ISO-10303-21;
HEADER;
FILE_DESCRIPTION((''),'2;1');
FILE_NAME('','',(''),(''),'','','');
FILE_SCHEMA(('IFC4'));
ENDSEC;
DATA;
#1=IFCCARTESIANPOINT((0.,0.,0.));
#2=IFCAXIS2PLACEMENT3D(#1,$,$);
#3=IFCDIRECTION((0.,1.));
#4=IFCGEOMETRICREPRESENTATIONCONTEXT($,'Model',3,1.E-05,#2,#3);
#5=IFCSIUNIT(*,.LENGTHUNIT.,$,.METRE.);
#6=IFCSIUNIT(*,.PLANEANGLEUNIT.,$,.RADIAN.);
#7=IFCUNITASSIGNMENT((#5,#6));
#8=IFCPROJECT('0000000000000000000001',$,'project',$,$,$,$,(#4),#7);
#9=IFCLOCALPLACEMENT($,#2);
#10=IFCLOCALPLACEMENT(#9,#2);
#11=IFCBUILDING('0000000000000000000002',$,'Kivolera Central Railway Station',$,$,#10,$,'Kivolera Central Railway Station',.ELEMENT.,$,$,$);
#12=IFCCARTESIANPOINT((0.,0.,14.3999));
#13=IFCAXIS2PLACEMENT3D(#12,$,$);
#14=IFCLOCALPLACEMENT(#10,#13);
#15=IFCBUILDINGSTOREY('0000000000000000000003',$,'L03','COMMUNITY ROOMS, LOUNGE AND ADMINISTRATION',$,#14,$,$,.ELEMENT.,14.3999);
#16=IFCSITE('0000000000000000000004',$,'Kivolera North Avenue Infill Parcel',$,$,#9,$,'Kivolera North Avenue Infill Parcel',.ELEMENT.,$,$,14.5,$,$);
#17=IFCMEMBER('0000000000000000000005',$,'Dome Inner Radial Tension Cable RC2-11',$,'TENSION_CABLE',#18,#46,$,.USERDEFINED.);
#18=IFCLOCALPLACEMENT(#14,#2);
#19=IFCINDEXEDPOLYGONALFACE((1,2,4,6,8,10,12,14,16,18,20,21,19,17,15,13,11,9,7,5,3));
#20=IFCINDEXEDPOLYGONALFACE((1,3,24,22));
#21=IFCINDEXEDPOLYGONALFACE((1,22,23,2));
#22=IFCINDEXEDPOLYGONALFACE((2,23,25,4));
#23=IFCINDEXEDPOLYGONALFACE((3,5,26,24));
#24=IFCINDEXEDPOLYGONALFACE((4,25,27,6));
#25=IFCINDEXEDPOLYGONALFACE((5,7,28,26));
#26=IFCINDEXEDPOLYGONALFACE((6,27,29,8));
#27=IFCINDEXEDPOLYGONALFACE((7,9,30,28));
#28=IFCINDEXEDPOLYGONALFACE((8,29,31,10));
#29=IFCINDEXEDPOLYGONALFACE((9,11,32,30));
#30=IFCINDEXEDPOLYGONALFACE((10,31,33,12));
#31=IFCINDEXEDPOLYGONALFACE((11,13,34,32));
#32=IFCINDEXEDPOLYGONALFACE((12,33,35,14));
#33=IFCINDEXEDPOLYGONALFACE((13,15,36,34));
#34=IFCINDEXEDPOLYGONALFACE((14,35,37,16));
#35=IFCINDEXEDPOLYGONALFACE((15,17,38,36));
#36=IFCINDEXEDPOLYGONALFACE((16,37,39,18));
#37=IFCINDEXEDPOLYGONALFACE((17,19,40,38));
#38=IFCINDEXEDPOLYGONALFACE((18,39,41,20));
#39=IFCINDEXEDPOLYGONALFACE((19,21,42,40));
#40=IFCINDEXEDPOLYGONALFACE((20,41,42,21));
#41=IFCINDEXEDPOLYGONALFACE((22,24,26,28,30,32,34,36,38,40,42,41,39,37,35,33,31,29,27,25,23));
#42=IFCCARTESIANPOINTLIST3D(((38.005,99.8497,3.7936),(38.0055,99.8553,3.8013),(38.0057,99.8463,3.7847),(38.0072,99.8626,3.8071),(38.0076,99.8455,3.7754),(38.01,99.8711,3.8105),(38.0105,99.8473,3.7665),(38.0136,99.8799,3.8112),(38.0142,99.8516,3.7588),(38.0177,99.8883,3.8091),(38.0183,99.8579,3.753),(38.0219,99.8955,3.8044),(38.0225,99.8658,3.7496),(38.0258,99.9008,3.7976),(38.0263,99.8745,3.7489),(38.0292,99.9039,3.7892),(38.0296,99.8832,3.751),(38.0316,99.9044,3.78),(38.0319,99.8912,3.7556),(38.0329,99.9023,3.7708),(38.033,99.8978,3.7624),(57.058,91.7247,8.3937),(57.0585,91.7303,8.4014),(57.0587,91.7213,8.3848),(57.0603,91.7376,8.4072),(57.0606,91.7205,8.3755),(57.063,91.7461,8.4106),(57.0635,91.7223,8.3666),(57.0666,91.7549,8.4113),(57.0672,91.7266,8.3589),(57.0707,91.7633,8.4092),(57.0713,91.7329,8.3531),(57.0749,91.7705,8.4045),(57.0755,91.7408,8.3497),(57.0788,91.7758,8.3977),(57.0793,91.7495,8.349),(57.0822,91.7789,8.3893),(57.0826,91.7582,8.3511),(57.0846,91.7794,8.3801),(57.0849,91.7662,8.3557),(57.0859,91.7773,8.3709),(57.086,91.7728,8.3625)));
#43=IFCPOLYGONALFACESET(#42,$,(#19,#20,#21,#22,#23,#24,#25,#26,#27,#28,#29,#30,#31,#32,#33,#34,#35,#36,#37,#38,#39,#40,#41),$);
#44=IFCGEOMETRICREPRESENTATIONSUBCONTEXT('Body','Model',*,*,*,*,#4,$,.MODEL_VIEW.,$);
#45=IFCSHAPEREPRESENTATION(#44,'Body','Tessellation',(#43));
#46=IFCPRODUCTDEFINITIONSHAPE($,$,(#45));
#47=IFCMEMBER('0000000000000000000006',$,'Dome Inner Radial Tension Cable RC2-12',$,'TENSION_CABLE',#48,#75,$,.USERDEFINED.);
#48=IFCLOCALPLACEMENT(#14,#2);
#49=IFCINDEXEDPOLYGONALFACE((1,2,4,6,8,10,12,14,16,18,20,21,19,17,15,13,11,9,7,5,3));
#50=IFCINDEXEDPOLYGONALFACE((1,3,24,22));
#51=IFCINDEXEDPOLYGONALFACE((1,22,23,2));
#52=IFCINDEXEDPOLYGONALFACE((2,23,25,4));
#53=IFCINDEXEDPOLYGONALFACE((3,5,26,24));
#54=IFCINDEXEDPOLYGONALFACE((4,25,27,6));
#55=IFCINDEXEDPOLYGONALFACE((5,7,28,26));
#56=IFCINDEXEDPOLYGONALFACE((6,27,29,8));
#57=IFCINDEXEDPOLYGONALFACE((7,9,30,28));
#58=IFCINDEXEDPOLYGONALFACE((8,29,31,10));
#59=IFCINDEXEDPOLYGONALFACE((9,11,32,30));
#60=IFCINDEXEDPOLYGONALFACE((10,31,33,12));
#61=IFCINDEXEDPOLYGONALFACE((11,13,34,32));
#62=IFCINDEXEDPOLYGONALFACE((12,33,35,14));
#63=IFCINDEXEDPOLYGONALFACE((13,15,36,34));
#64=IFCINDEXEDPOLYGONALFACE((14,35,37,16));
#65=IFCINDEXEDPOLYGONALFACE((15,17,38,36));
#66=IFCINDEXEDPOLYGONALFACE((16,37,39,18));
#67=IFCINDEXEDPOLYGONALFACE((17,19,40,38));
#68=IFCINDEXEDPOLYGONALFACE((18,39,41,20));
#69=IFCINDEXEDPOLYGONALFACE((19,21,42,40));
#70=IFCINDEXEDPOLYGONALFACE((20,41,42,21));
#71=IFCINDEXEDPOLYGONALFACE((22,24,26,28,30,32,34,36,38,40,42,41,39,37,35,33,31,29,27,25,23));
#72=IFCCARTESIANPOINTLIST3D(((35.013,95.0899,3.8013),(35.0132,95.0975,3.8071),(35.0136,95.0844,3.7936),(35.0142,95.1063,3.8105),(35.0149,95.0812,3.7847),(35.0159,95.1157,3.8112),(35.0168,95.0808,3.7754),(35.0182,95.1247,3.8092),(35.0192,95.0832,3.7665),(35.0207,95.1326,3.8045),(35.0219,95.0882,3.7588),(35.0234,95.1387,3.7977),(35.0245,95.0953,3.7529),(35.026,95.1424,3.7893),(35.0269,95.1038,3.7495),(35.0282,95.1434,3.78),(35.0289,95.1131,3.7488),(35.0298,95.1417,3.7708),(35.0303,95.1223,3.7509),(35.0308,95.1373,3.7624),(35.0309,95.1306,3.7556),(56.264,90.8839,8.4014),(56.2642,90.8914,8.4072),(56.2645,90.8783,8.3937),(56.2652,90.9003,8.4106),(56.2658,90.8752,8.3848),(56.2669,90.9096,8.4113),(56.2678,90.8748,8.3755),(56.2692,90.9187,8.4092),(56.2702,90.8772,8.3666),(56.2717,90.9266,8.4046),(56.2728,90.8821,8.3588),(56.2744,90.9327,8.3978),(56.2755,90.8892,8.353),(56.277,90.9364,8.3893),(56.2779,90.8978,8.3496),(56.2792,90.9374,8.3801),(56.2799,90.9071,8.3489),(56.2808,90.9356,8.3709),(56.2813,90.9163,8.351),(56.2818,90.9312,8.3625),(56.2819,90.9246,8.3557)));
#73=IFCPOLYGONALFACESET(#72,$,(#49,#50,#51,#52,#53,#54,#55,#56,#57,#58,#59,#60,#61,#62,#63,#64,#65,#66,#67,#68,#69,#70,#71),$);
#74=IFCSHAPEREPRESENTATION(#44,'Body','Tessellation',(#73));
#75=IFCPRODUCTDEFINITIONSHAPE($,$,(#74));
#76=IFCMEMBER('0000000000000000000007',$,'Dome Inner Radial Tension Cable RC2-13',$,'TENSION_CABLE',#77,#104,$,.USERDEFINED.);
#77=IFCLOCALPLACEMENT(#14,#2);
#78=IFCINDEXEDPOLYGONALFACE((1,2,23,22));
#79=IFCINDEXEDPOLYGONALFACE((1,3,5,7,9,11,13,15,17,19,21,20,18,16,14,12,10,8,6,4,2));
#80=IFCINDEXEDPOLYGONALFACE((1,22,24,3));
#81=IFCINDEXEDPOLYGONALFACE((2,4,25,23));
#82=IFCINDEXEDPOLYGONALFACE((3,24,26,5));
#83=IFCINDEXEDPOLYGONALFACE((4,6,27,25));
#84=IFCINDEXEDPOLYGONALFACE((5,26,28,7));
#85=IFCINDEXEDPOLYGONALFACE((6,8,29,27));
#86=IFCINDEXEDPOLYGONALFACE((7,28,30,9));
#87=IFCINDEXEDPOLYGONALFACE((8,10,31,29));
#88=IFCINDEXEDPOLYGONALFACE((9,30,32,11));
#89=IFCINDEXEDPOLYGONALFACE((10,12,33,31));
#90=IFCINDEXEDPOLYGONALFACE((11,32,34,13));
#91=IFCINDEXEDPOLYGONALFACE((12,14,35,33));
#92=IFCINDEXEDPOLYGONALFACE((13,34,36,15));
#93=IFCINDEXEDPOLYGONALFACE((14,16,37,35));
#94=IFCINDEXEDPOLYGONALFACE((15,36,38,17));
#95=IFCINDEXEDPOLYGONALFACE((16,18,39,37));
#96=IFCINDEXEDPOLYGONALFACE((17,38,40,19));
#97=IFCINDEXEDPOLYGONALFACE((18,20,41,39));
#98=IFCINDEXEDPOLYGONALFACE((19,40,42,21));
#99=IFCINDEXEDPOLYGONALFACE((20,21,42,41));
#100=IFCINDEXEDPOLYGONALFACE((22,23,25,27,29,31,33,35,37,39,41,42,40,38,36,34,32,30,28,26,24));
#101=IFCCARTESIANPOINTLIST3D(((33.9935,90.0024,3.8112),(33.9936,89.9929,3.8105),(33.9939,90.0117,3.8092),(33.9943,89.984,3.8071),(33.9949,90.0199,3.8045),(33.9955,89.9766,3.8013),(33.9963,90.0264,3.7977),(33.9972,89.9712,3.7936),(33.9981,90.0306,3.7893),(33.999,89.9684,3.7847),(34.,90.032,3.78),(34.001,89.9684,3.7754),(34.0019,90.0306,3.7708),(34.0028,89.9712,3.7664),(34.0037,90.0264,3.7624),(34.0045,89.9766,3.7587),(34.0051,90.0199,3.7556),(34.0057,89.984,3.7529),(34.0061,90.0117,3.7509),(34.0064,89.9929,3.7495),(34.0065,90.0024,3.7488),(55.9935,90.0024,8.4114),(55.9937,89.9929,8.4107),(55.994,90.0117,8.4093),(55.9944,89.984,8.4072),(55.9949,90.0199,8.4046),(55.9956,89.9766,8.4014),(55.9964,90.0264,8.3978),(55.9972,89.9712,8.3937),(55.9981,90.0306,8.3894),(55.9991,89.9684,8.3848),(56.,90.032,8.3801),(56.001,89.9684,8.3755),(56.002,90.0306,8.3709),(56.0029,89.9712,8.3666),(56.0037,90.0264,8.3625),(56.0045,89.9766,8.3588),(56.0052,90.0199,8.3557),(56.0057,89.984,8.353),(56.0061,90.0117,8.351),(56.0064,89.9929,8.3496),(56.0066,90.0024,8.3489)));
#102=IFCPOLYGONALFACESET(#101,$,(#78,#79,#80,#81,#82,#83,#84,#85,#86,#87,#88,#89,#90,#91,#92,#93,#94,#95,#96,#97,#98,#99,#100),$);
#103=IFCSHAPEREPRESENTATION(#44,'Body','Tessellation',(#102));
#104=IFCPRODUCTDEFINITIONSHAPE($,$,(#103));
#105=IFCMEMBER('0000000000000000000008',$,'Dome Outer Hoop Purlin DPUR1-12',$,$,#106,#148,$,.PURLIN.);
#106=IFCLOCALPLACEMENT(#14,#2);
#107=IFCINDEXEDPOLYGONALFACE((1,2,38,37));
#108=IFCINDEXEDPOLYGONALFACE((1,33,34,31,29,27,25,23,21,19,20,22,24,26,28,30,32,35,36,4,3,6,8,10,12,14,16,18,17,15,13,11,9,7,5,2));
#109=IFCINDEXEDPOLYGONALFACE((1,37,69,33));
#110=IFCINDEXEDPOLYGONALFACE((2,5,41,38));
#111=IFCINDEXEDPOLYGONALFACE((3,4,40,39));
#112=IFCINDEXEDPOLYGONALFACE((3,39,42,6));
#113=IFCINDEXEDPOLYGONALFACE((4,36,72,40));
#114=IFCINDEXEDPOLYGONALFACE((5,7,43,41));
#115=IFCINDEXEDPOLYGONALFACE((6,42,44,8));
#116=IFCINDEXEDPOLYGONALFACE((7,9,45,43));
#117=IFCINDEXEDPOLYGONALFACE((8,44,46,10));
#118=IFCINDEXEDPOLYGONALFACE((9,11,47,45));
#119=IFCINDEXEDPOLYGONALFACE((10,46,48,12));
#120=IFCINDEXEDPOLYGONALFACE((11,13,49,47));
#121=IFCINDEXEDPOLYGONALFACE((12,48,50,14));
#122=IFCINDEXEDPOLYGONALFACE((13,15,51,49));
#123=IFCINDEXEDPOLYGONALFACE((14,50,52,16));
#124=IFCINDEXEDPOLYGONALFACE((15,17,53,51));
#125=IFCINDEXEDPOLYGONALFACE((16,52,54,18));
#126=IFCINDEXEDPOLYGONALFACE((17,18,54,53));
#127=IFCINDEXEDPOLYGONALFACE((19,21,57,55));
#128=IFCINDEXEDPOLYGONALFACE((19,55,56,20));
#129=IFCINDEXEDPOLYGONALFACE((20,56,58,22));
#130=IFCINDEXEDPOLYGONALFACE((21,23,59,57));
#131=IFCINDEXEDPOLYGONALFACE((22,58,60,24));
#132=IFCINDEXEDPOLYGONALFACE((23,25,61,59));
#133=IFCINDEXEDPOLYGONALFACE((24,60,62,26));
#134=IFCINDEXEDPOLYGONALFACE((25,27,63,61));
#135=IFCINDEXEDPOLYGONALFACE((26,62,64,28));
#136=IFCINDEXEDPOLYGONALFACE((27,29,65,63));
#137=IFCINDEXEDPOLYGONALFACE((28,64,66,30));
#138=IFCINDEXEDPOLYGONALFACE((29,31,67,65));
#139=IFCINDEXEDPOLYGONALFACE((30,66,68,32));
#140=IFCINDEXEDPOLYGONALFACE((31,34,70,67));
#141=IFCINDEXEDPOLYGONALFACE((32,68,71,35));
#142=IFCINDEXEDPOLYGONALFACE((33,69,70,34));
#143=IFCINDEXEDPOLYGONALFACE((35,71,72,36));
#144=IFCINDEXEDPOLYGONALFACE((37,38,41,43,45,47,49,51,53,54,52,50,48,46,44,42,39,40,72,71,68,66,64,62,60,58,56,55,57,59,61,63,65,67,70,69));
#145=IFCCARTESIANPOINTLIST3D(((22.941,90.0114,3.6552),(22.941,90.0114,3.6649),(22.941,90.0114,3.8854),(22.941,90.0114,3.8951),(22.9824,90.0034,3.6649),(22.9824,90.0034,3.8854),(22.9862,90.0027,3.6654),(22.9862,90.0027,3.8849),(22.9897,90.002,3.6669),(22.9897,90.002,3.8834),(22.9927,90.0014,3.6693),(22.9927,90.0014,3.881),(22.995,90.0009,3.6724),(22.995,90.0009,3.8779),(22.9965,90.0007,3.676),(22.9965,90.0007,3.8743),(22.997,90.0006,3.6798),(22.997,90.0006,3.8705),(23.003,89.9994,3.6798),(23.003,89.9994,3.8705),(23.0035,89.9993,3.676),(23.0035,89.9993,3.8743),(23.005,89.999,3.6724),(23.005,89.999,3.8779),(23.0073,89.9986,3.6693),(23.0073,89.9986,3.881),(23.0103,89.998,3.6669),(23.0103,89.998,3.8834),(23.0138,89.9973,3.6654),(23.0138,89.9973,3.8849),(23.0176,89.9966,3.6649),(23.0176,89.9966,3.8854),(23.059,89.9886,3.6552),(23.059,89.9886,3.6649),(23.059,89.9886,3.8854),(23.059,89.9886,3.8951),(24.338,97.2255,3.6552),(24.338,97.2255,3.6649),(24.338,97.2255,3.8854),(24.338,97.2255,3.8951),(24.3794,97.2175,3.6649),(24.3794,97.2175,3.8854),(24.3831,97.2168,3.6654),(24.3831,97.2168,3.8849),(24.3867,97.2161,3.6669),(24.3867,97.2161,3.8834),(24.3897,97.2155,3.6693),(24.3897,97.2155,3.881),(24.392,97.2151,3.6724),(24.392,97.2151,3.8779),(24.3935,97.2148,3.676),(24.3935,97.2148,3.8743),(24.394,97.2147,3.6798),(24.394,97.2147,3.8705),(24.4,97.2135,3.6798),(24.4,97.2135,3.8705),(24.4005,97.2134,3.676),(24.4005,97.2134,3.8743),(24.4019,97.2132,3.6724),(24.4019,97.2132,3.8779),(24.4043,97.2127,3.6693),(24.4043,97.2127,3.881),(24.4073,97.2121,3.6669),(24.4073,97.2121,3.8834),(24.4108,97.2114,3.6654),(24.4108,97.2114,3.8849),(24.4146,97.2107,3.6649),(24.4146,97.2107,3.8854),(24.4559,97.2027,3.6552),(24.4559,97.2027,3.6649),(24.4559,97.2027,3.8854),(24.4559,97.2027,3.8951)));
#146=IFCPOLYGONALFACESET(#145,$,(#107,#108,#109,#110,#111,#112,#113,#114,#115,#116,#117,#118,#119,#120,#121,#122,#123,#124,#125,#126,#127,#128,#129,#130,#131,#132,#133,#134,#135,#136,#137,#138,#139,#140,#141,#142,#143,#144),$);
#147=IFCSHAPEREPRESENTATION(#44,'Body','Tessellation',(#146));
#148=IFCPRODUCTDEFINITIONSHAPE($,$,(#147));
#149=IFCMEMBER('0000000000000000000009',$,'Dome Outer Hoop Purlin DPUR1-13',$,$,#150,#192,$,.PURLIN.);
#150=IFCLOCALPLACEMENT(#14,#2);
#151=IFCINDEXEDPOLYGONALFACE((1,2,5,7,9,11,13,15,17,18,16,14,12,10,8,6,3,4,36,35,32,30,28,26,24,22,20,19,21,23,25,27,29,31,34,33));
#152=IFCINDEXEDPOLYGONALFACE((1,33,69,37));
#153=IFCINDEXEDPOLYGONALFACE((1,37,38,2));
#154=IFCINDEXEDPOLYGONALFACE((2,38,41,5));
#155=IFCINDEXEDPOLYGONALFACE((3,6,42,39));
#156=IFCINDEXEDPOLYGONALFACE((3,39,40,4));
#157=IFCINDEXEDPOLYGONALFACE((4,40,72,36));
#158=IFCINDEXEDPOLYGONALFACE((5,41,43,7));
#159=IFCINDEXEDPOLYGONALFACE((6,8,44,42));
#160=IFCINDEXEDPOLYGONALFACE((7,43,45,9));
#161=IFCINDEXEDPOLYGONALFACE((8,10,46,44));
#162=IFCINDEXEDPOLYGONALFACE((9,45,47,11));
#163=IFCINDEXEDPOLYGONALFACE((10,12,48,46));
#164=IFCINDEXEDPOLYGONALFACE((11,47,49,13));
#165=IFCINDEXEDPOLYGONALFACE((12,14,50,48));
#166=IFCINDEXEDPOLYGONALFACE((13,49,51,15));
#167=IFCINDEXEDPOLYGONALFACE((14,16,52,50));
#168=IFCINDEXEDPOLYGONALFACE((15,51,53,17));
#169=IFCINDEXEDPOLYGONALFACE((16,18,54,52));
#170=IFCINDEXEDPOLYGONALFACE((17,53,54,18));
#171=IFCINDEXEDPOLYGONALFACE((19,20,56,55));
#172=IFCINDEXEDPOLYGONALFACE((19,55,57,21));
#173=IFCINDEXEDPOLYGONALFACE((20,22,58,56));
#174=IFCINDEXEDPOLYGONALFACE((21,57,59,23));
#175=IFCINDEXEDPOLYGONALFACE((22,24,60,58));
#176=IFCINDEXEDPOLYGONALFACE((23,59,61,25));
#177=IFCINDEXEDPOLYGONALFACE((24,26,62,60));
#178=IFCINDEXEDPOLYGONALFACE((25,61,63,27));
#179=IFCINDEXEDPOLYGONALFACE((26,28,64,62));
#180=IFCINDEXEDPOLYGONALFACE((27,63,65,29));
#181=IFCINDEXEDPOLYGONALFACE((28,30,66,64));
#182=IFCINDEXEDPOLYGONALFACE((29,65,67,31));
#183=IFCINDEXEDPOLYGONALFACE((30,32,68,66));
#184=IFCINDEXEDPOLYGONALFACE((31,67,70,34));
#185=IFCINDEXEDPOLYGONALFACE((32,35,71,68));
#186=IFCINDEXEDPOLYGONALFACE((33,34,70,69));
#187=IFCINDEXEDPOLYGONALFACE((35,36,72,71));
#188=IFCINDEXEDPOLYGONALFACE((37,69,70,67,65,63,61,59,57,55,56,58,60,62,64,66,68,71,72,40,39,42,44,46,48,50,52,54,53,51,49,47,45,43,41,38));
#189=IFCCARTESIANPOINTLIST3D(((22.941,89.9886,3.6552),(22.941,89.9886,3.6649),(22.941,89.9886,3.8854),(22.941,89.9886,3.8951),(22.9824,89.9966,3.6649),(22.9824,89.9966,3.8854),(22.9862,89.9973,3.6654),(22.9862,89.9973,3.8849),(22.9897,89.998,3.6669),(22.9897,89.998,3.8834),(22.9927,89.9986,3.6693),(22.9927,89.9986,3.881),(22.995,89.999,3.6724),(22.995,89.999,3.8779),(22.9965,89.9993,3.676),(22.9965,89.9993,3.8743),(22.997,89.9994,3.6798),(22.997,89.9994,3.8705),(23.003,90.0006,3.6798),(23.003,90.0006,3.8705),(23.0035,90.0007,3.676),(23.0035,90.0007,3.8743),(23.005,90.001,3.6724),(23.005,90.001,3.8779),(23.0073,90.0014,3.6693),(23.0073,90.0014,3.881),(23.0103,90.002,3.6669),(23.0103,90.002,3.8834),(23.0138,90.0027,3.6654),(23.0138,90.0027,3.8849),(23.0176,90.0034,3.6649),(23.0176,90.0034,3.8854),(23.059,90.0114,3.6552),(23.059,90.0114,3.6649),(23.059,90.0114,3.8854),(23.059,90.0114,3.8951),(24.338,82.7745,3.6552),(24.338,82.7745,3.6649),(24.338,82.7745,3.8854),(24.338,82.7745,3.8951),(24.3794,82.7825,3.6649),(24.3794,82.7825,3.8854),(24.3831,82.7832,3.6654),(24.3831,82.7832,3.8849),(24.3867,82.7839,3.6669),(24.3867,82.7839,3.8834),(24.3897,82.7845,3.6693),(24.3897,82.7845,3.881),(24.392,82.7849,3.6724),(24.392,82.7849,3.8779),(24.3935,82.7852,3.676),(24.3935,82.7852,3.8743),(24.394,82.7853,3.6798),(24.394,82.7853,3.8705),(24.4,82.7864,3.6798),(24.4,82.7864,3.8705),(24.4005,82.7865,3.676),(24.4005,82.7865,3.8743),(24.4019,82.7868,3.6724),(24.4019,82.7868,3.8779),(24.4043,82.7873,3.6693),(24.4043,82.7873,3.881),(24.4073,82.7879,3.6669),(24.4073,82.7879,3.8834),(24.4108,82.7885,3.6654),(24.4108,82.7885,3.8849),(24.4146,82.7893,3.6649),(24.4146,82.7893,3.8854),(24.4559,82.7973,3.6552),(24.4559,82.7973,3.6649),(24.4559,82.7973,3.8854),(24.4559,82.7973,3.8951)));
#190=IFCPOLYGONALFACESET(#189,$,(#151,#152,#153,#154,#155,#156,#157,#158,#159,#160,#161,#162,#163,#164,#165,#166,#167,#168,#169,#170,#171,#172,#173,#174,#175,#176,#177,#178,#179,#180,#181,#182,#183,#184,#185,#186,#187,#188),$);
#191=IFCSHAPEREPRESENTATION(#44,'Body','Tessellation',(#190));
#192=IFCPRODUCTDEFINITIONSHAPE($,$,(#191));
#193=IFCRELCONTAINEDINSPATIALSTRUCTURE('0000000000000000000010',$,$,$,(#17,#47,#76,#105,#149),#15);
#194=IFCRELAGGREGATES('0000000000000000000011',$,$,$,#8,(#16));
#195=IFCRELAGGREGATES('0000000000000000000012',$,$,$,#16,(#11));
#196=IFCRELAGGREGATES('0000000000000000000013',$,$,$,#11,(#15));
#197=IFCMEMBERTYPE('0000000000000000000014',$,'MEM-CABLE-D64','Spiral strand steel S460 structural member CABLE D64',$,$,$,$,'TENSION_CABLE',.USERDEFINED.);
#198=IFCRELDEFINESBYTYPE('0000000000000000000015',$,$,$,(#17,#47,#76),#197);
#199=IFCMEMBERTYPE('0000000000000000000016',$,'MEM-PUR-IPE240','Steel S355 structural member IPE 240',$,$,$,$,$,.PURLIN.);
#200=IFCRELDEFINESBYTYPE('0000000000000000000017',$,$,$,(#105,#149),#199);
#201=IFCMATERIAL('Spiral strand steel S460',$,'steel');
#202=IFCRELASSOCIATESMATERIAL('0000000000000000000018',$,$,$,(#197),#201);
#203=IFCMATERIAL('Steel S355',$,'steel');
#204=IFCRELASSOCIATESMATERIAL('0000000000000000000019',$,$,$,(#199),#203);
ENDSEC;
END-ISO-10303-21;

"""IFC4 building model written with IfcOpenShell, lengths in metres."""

from ifc_helpers import new_model, si_unit, direction, frame, origin, origin_2d, place, context, subcontext, project, spatial, circle, i_section, extrude, material, material_profile, profile_set, type_object, element, save


model = new_model("IFC4")

# Units and contexts
model_context = context("Model", 3, precision=1e-05, world=origin(), true_north=direction((0.0, 1.0)))
body_context = subcontext(model_context, "Body", "Model", "MODEL_VIEW")
ifc_project = project(units=[si_unit("LENGTHUNIT", "METRE"), si_unit("PLANEANGLEUNIT", "RADIAN")], contexts=[model_context])

# Site, building, storey
site_placement = place(None, origin())
site = spatial("IfcSite", under=ifc_project, at=site_placement, Name="Kivolera North Avenue Infill Parcel", LongName="Kivolera North Avenue Infill Parcel", CompositionType="ELEMENT", RefElevation=14.5)
building_placement = place(site_placement, origin())
building = spatial("IfcBuilding", under=site, at=building_placement, Name="Kivolera Central Railway Station", LongName="Kivolera Central Railway Station", CompositionType="ELEMENT")
storey_placement = place(building_placement, frame((0.0, 0.0, 14.3999)))
storey = spatial("IfcBuildingStorey", under=building, at=storey_placement, Name="L03", Description="COMMUNITY ROOMS, LOUNGE AND ADMINISTRATION", CompositionType="ELEMENT", Elevation=14.3999)

# Shared definitions
ifc_material_1 = material(Name="Steel S355", Category="steel")

# Members
ifc_material_2 = material(Name="Spiral strand steel S460", Category="steel")
ifc_material_profile_1 = material_profile(ifc_material_2, circle(Radius=0.032, at=origin_2d()), Name="CABLE D64")
ifc_profile_set_1 = profile_set([ifc_material_profile_1], Name="Spiral strand steel S460")
member_type_1 = type_object("IfcMemberType", Name="MEM-CABLE-D64", Description="Spiral strand steel S460 structural member CABLE D64", ElementType="TENSION_CABLE", PredefinedType="USERDEFINED", material=ifc_profile_set_1)
member_1_placement = place(storey_placement, frame((38.019, 99.875, 3.78), z_axis=(0.897974, -0.382934, 0.216804), x_axis=(0.392264, 0.919853, 0.0)))
element("IfcMember", 1, at=member_1_placement, inside=storey, type_object=member_type_1, Name="Dome Inner Radial Tension Cable RC2-11", ObjectType="TENSION_CABLE", PredefinedType="USERDEFINED", context=body_context, shape_type="SweptSolid", body=[
    extrude(circle(Radius=0.032, at=origin_2d()), origin(), (0.0, 0.0, 1.0), 21.2178),
])
member_2_placement = place(storey_placement, frame((35.022, 95.1121, 3.78), z_axis=(0.959575, -0.189922, 0.207715), x_axis=(0.194157, 0.980971, 0.0)))
element("IfcMember", 2, at=member_2_placement, inside=storey, type_object=member_type_1, Name="Dome Inner Radial Tension Cable RC2-12", ObjectType="TENSION_CABLE", PredefinedType="USERDEFINED", context=body_context, shape_type="SweptSolid", body=[
    extrude(circle(Radius=0.032, at=origin_2d()), origin(), (0.0, 0.0, 1.0), 22.1462),
])
member_3_placement = place(storey_placement, frame((34.0, 90.0, 3.78), z_axis=(0.978831, 0.0, 0.204669), x_axis=(0.0, 1.0, 0.0)))
element("IfcMember", 3, at=member_3_placement, inside=storey, type_object=member_type_1, Name="Dome Inner Radial Tension Cable RC2-13", ObjectType="TENSION_CABLE", PredefinedType="USERDEFINED", context=body_context, shape_type="SweptSolid", body=[
    extrude(circle(Radius=0.032, at=origin_2d()), origin(), (0.0, 0.0, 1.0), 22.4758),
])
ifc_material_profile_2 = material_profile(ifc_material_1, i_section(OverallWidth=0.1201, OverallDepth=0.24, WebThickness=0.0061, FlangeThickness=0.0098, FilletRadius=0.0149, at=origin_2d()), Name="IPE 240")
ifc_profile_set_2 = profile_set([ifc_material_profile_2], Name="Steel S355")
member_type_2 = type_object("IfcMemberType", Name="MEM-PUR-IPE240", Description="Steel S355 structural member IPE 240", PredefinedType="PURLIN", material=ifc_profile_set_2)
for number, where, z_axis, x_axis, name in (
    (4, (24.397, 97.2141, 3.7751), (-0.190113, -0.981762, 0.0), (0.981762, -0.190113, 0.0), "Dome Outer Hoop Purlin DPUR1-12"),
    (5, (23.0, 90.0, 3.7751), (0.190113, -0.981762, 0.0), (0.981762, 0.190113, 0.0), "Dome Outer Hoop Purlin DPUR1-13"),
):
    element("IfcMember", number, at=place(storey_placement, frame(where, z_axis=z_axis, x_axis=x_axis)), inside=storey, type_object=member_type_2, Name=name, PredefinedType="PURLIN", context=body_context, shape_type="SweptSolid", body=[
        extrude(i_section(OverallWidth=0.1201, OverallDepth=0.24, WebThickness=0.0061, FlangeThickness=0.0098, FilletRadius=0.0149, at=origin_2d()), origin(), (0.0, 0.0, 1.0), 7.3481),
    ])

save(model, "model.ifc")
